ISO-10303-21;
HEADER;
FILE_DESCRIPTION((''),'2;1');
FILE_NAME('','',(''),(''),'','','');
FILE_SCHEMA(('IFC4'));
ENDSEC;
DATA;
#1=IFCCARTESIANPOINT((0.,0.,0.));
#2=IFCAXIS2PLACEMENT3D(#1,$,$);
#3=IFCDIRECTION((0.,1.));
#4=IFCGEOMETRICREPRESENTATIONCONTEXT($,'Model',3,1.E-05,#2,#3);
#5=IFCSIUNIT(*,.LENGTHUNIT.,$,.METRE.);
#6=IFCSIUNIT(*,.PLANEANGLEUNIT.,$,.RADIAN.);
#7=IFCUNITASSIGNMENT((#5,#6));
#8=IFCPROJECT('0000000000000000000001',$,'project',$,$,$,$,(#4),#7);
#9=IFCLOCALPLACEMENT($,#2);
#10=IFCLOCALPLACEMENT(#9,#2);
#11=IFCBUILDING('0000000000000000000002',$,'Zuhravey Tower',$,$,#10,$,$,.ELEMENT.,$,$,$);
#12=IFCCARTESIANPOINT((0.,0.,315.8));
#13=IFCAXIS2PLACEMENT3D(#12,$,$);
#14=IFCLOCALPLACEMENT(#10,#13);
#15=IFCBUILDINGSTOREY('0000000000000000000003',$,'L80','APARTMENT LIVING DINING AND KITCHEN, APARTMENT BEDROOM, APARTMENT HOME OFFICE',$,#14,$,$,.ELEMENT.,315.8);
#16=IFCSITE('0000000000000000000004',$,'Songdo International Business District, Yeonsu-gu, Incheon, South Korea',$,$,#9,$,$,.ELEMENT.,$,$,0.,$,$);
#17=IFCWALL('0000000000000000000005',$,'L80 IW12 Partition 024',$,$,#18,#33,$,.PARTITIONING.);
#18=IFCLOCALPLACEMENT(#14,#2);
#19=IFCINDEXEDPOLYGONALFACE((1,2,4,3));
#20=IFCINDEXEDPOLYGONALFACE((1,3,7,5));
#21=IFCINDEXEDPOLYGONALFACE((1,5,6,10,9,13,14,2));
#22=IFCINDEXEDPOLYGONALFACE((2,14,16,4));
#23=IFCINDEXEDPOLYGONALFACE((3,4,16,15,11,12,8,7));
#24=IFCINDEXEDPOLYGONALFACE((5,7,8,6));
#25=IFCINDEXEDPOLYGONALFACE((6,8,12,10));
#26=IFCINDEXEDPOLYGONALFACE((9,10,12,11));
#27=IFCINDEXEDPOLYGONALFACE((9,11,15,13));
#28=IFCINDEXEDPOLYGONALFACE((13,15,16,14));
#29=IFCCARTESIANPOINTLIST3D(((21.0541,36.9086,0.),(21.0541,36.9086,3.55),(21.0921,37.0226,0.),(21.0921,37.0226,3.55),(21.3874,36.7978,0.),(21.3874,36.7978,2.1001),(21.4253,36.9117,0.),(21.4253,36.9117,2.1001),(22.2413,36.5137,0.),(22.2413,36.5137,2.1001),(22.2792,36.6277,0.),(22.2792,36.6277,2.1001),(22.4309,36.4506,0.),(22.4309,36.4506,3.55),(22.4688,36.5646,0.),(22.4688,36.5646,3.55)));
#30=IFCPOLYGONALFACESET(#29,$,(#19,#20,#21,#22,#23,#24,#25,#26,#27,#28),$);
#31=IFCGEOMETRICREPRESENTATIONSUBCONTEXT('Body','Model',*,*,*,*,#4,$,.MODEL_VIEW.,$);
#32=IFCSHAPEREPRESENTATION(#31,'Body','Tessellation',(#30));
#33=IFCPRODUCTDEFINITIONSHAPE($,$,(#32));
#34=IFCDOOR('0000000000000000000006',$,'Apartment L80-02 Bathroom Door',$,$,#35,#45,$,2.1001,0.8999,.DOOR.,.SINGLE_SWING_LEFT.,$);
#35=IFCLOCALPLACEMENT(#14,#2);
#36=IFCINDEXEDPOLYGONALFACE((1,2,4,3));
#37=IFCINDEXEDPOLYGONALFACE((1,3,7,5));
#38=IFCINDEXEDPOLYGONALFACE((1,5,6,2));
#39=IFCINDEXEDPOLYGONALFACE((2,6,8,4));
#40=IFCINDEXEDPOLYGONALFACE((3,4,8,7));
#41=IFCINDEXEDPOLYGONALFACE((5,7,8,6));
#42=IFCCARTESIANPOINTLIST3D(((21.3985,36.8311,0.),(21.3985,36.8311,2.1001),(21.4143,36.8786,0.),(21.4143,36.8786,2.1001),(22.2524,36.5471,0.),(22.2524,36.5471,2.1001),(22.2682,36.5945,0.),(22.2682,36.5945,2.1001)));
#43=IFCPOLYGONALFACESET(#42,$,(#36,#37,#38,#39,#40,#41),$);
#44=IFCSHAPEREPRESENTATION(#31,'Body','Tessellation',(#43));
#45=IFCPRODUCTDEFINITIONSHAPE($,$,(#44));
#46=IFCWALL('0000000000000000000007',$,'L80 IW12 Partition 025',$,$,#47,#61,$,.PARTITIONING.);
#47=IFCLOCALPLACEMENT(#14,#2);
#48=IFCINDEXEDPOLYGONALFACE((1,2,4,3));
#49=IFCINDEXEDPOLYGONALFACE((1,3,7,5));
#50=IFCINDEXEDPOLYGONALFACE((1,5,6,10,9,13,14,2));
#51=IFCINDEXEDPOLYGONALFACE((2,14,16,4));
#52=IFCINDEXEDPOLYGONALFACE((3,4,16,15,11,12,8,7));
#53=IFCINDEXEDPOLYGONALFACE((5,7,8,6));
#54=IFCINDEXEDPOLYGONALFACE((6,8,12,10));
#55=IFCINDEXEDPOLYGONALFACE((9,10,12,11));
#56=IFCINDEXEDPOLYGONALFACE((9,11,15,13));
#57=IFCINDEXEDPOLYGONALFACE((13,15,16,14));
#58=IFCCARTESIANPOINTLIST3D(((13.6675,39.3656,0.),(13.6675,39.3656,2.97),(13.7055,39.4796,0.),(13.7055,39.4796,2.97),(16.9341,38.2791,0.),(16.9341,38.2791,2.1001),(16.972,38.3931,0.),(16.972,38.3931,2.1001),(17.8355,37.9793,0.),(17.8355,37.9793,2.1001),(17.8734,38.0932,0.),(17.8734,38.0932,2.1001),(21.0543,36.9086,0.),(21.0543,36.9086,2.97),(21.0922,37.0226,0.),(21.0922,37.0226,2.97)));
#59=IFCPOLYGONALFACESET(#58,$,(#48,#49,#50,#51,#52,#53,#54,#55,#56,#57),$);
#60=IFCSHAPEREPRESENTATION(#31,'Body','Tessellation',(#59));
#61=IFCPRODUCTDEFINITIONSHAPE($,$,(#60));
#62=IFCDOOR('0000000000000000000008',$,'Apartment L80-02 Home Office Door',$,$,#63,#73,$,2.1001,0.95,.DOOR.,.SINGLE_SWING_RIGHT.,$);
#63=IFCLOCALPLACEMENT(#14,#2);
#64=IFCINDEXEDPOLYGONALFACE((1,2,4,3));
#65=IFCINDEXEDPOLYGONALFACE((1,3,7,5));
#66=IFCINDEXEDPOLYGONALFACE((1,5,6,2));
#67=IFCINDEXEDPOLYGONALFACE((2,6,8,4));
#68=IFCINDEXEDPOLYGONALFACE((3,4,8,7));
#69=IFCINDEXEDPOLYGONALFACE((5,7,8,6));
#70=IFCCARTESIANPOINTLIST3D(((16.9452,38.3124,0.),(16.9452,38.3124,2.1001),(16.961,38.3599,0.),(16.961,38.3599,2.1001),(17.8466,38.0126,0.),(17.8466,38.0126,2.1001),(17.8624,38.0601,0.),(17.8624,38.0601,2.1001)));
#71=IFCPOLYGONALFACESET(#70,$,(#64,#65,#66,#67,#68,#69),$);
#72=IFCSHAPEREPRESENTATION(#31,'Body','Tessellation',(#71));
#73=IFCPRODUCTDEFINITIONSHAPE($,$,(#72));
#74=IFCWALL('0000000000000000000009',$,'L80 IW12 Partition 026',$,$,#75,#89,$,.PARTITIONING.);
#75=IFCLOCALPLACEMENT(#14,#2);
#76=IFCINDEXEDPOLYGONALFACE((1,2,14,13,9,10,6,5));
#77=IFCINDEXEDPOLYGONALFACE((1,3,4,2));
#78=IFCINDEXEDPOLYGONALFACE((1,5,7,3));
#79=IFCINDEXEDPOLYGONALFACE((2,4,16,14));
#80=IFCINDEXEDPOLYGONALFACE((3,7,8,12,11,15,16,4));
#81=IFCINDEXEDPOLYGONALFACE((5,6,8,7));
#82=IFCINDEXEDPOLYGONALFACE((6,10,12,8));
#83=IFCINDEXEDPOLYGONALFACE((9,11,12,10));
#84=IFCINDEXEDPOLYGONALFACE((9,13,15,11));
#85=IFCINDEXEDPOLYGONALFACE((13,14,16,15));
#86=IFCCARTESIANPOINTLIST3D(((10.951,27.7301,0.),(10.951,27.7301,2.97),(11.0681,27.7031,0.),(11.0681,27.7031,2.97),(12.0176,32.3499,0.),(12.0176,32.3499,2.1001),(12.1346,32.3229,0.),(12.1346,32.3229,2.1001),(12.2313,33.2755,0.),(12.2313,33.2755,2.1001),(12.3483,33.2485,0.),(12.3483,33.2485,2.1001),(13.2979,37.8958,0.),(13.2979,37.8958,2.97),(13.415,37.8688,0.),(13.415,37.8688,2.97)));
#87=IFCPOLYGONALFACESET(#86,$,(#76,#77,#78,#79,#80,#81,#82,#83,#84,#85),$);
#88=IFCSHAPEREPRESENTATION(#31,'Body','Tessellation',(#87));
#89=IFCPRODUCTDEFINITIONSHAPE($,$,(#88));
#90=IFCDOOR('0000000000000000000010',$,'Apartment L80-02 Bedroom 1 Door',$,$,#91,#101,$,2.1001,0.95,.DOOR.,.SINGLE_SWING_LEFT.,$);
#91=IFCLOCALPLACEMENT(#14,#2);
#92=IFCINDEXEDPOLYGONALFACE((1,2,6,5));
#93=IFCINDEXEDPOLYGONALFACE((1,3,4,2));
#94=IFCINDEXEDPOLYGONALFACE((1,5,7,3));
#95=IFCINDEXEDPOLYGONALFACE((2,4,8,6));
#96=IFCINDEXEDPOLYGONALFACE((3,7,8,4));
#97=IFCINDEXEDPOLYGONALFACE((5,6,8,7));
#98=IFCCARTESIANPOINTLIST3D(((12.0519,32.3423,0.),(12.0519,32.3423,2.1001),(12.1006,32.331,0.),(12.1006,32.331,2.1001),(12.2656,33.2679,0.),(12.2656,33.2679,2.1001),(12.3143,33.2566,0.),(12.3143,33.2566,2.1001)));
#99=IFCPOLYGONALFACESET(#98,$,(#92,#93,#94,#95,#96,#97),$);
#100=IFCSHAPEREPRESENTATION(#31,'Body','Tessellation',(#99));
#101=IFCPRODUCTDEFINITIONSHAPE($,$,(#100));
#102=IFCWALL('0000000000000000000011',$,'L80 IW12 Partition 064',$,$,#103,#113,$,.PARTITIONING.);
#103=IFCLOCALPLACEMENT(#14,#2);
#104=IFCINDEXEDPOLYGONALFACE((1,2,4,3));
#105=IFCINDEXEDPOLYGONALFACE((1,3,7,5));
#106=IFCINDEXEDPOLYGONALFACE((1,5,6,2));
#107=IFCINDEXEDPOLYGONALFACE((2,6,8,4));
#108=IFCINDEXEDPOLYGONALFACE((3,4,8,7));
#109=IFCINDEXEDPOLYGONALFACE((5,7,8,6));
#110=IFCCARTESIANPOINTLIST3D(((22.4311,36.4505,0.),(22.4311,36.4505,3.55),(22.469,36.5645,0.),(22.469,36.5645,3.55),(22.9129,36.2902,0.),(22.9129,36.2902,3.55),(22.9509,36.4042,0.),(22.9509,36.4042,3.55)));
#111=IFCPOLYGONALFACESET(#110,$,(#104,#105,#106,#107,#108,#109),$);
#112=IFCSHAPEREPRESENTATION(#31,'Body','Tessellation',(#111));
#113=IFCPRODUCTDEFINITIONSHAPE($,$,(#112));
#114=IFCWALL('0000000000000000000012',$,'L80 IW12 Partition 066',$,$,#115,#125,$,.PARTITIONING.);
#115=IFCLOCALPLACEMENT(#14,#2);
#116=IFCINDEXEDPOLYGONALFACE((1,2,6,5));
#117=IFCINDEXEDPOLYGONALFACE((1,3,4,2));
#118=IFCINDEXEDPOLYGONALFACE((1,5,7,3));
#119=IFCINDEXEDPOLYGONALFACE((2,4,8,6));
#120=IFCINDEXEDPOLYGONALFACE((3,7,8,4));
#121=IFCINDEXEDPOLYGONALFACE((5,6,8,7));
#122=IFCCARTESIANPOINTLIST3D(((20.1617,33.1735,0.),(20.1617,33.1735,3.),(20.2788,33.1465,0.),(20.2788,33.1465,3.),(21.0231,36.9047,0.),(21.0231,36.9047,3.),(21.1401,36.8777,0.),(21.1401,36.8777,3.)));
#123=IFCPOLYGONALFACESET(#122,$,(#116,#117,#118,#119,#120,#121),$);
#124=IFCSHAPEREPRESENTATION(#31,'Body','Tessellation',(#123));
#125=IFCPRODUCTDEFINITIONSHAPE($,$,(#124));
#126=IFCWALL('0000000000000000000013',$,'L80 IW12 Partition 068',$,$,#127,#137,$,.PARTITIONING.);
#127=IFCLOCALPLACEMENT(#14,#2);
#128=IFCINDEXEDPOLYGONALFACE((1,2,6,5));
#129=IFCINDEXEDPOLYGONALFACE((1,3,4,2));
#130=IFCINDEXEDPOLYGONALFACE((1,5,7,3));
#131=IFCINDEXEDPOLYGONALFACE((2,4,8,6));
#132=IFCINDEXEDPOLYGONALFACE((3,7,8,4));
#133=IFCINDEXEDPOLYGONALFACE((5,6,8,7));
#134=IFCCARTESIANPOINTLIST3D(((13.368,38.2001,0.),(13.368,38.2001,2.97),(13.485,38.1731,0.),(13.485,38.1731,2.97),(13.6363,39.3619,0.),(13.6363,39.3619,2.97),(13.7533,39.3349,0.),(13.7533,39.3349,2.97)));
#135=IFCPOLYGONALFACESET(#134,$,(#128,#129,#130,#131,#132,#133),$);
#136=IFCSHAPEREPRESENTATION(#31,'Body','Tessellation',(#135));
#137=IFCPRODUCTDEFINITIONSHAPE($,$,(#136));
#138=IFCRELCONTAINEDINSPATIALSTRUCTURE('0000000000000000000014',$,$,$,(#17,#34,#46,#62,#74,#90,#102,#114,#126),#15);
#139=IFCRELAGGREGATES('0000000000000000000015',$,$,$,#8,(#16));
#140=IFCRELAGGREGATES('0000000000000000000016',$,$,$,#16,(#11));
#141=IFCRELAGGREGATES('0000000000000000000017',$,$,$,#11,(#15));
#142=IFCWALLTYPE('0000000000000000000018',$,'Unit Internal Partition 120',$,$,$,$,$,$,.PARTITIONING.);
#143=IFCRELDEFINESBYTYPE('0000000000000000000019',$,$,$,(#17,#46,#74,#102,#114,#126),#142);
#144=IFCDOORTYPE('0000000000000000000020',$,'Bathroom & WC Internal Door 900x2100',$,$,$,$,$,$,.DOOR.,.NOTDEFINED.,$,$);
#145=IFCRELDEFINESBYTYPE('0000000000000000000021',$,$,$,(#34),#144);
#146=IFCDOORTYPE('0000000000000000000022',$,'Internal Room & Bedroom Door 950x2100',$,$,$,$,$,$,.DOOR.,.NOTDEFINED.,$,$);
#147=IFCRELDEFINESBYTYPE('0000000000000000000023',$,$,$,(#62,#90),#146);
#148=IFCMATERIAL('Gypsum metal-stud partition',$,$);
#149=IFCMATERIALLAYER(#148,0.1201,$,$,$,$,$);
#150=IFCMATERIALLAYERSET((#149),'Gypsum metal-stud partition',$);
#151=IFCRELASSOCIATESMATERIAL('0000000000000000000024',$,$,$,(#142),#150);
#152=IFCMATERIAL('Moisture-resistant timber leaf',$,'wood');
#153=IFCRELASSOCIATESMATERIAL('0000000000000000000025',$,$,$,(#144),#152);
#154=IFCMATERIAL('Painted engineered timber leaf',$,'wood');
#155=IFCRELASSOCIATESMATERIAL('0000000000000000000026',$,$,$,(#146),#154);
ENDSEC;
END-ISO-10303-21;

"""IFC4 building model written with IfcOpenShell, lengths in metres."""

from ifc_helpers import new_model, si_unit, direction, frame, frame_2d, origin, place, context, subcontext, project, spatial, rectangle, extrude, material, layer, layer_set, type_object, element, fill, save


model = new_model("IFC4")

# Units and contexts
model_context = context("Model", 3, precision=1e-05, world=origin(), true_north=direction((0.0, 1.0)))
body_context = subcontext(model_context, "Body", "Model", "MODEL_VIEW")
ifc_project = project(units=[si_unit("LENGTHUNIT", "METRE"), si_unit("PLANEANGLEUNIT", "RADIAN")], contexts=[model_context])

# Site, building, storey
site_placement = place(None, origin())
site = spatial("IfcSite", under=ifc_project, at=site_placement, Name="Songdo International Business District, Yeonsu-gu, Incheon, South Korea", CompositionType="ELEMENT", RefElevation=0.0)
building_placement = place(site_placement, origin())
building = spatial("IfcBuilding", under=site, at=building_placement, Name="Zuhravey Tower", CompositionType="ELEMENT")
storey_placement = place(building_placement, frame((0.0, 0.0, 315.8)))
storey = spatial("IfcBuildingStorey", under=building, at=storey_placement, Name="L80", Description="APARTMENT LIVING DINING AND KITCHEN, APARTMENT BEDROOM, APARTMENT HOME OFFICE", CompositionType="ELEMENT", Elevation=315.8)

# Walls, openings, doors
ifc_material_1 = material(Name="Gypsum metal-stud partition")
ifc_layer_1 = layer(ifc_material_1, 0.1201)
ifc_layer_set_1 = layer_set([ifc_layer_1], Name="Gypsum metal-stud partition")
wall_type_1 = type_object("IfcWallType", Name="Unit Internal Partition 120", PredefinedType="PARTITIONING", material=ifc_layer_set_1)
wall_1_placement = place(storey_placement, frame((22.45, 36.5076, 0.0), z_axis=(0.0, 0.0, 1.0), x_axis=(-0.948868, 0.315672, 0.0)))
wall_1 = element("IfcWall", 1, at=wall_1_placement, inside=storey, type_object=wall_type_1, Name="L80 IW12 Partition 024", PredefinedType="PARTITIONING", context=body_context, shape_type="SweptSolid", body=[
    extrude(rectangle(XDim=1.4509, YDim=0.1201, at=frame_2d((0.7256, 0.0))), origin(), (0.0, 0.0, 1.0), 3.55),
])
opening_1_placement = place(wall_1_placement, frame((0.2, 0.0, 0.0)))
opening_1 = element("IfcOpeningElement", 2, at=opening_1_placement, cuts=wall_1, PredefinedType="OPENING", context=body_context, shape_type="SweptSolid", body=[
    extrude(rectangle(XDim=0.8999, YDim=2.1001, at=frame_2d((0.45, 1.05))), frame((0.0, 0.072, 0.0), z_axis=(0.0, -1.0, 0.0), x_axis=(1.0, 0.0, 0.0)), (0.0, 0.0, 1.0), 0.144),
])
ifc_material_2 = material(Name="Moisture-resistant timber leaf", Category="wood")
door_type_1 = type_object("IfcDoorType", Name="Bathroom & WC Internal Door 900x2100", OperationType="NOTDEFINED", PredefinedType="DOOR", material=ifc_material_2)
door_1_placement = place(opening_1_placement, origin())
door_1 = element("IfcDoor", 3, at=door_1_placement, inside=storey, type_object=door_type_1, Name="Apartment L80-02 Bathroom Door", OperationType="SINGLE_SWING_LEFT", OverallHeight=2.1001, OverallWidth=0.8999, PredefinedType="DOOR", context=body_context, shape_type="SweptSolid", body=[
    extrude(rectangle(XDim=0.8999, YDim=2.1001, at=frame_2d((0.45, 1.05))), frame((0.0, 0.0249, 0.0), z_axis=(0.0, -1.0, 0.0), x_axis=(1.0, 0.0, 0.0)), (0.0, 0.0, 1.0), 0.05),
])
fill(opening_1, door_1)
wall_2_placement = place(storey_placement, frame((21.0732, 36.9656, 0.0), z_axis=(0.0, 0.0, 1.0), x_axis=(-0.948884, 0.315626, 0.0)))
wall_2 = element("IfcWall", 4, at=wall_2_placement, inside=storey, type_object=wall_type_1, Name="L80 IW12 Partition 025", PredefinedType="PARTITIONING", context=body_context, shape_type="SweptSolid", body=[
    extrude(rectangle(XDim=7.7847, YDim=0.1201, at=frame_2d((3.8923, 0.0))), origin(), (0.0, 0.0, 1.0), 2.97),
])
opening_2_placement = place(wall_2_placement, frame((3.3921, 0.0, 0.0)))
opening_2 = element("IfcOpeningElement", 5, at=opening_2_placement, cuts=wall_2, PredefinedType="OPENING", context=body_context, shape_type="SweptSolid", body=[
    extrude(rectangle(XDim=0.95, YDim=2.1001, at=frame_2d((0.4751, 1.05))), frame((0.0, 0.072, 0.0), z_axis=(0.0, -1.0, 0.0), x_axis=(1.0, 0.0, 0.0)), (0.0, 0.0, 1.0), 0.144),
])
ifc_material_3 = material(Name="Painted engineered timber leaf", Category="wood")
door_type_2 = type_object("IfcDoorType", Name="Internal Room & Bedroom Door 950x2100", OperationType="NOTDEFINED", PredefinedType="DOOR", material=ifc_material_3)
door_2_placement = place(opening_2_placement, origin())
door_2 = element("IfcDoor", 6, at=door_2_placement, inside=storey, type_object=door_type_2, Name="Apartment L80-02 Home Office Door", OperationType="SINGLE_SWING_RIGHT", OverallHeight=2.1001, OverallWidth=0.95, PredefinedType="DOOR", context=body_context, shape_type="SweptSolid", body=[
    extrude(rectangle(XDim=0.95, YDim=2.1001, at=frame_2d((0.4751, 1.05))), frame((0.0, 0.0249, 0.0), z_axis=(0.0, -1.0, 0.0), x_axis=(1.0, 0.0, 0.0)), (0.0, 0.0, 1.0), 0.05),
])
fill(opening_2, door_2)
wall_3_placement = place(storey_placement, frame((13.3564, 37.8823, 0.0), z_axis=(0.0, 0.0, 1.0), x_axis=(-0.224948, -0.974371, 0.0)))
wall_3 = element("IfcWall", 7, at=wall_3_placement, inside=storey, type_object=wall_type_1, Name="L80 IW12 Partition 026", PredefinedType="PARTITIONING", context=body_context, shape_type="SweptSolid", body=[
    extrude(rectangle(XDim=10.4331, YDim=0.1201, at=frame_2d((5.2166, 0.0))), origin(), (0.0, 0.0, 1.0), 2.97),
])
opening_3_placement = place(wall_3_placement, frame((4.7417, 0.0, 0.0)))
opening_3 = element("IfcOpeningElement", 8, at=opening_3_placement, cuts=wall_3, PredefinedType="OPENING", context=body_context, shape_type="SweptSolid", body=[
    extrude(rectangle(XDim=0.95, YDim=2.1001, at=frame_2d((0.4751, 1.05))), frame((0.0, 0.072, 0.0), z_axis=(0.0, -1.0, 0.0), x_axis=(1.0, 0.0, 0.0)), (0.0, 0.0, 1.0), 0.144),
])
door_3_placement = place(opening_3_placement, frame((0.95, 0.0, 0.0), z_axis=(0.0, 0.0, 1.0), x_axis=(-1.0, 0.0, 0.0)))
door_3 = element("IfcDoor", 9, at=door_3_placement, inside=storey, type_object=door_type_2, Name="Apartment L80-02 Bedroom 1 Door", OperationType="SINGLE_SWING_LEFT", OverallHeight=2.1001, OverallWidth=0.95, PredefinedType="DOOR", context=body_context, shape_type="SweptSolid", body=[
    extrude(rectangle(XDim=0.95, YDim=2.1001, at=frame_2d((0.4751, 1.05))), frame((0.0, 0.0249, 0.0), z_axis=(0.0, -1.0, 0.0), x_axis=(1.0, 0.0, 0.0)), (0.0, 0.0, 1.0), 0.05),
])
fill(opening_3, door_3)

# Walls
wall_4_placement = place(storey_placement, frame((22.9319, 36.3472, 0.0), z_axis=(0.0, 0.0, 1.0), x_axis=(-0.948827, 0.315795, 0.0)))
element("IfcWall", 10, at=wall_4_placement, inside=storey, type_object=wall_type_1, Name="L80 IW12 Partition 064", PredefinedType="PARTITIONING", context=body_context, shape_type="SweptSolid", body=[
    extrude(rectangle(XDim=0.5078, YDim=0.1201, at=frame_2d((0.2539, 0.0))), origin(), (0.0, 0.0, 1.0), 3.55),
])
wall_5_placement = place(storey_placement, frame((21.0815, 36.8911, 0.0), z_axis=(0.0, 0.0, 1.0), x_axis=(-0.224929, -0.974375, 0.0)))
element("IfcWall", 11, at=wall_5_placement, inside=storey, type_object=wall_type_1, Name="L80 IW12 Partition 066", PredefinedType="PARTITIONING", context=body_context, shape_type="SweptSolid", body=[
    extrude(rectangle(XDim=3.8293, YDim=0.1201, at=frame_2d((1.9146, 0.0))), origin(), (0.0, 0.0, 1.0), 3.0),
])
wall_6_placement = place(storey_placement, frame((13.6948, 39.3484, 0.0), z_axis=(0.0, 0.0, 1.0), x_axis=(-0.225009, -0.974357, 0.0)))
element("IfcWall", 12, at=wall_6_placement, inside=storey, type_object=wall_type_1, Name="L80 IW12 Partition 068", PredefinedType="PARTITIONING", context=body_context, shape_type="SweptSolid", body=[
    extrude(rectangle(XDim=1.1924, YDim=0.1201, at=frame_2d((0.5962, 0.0))), origin(), (0.0, 0.0, 1.0), 2.97),
])

save(model, "model.ifc")
